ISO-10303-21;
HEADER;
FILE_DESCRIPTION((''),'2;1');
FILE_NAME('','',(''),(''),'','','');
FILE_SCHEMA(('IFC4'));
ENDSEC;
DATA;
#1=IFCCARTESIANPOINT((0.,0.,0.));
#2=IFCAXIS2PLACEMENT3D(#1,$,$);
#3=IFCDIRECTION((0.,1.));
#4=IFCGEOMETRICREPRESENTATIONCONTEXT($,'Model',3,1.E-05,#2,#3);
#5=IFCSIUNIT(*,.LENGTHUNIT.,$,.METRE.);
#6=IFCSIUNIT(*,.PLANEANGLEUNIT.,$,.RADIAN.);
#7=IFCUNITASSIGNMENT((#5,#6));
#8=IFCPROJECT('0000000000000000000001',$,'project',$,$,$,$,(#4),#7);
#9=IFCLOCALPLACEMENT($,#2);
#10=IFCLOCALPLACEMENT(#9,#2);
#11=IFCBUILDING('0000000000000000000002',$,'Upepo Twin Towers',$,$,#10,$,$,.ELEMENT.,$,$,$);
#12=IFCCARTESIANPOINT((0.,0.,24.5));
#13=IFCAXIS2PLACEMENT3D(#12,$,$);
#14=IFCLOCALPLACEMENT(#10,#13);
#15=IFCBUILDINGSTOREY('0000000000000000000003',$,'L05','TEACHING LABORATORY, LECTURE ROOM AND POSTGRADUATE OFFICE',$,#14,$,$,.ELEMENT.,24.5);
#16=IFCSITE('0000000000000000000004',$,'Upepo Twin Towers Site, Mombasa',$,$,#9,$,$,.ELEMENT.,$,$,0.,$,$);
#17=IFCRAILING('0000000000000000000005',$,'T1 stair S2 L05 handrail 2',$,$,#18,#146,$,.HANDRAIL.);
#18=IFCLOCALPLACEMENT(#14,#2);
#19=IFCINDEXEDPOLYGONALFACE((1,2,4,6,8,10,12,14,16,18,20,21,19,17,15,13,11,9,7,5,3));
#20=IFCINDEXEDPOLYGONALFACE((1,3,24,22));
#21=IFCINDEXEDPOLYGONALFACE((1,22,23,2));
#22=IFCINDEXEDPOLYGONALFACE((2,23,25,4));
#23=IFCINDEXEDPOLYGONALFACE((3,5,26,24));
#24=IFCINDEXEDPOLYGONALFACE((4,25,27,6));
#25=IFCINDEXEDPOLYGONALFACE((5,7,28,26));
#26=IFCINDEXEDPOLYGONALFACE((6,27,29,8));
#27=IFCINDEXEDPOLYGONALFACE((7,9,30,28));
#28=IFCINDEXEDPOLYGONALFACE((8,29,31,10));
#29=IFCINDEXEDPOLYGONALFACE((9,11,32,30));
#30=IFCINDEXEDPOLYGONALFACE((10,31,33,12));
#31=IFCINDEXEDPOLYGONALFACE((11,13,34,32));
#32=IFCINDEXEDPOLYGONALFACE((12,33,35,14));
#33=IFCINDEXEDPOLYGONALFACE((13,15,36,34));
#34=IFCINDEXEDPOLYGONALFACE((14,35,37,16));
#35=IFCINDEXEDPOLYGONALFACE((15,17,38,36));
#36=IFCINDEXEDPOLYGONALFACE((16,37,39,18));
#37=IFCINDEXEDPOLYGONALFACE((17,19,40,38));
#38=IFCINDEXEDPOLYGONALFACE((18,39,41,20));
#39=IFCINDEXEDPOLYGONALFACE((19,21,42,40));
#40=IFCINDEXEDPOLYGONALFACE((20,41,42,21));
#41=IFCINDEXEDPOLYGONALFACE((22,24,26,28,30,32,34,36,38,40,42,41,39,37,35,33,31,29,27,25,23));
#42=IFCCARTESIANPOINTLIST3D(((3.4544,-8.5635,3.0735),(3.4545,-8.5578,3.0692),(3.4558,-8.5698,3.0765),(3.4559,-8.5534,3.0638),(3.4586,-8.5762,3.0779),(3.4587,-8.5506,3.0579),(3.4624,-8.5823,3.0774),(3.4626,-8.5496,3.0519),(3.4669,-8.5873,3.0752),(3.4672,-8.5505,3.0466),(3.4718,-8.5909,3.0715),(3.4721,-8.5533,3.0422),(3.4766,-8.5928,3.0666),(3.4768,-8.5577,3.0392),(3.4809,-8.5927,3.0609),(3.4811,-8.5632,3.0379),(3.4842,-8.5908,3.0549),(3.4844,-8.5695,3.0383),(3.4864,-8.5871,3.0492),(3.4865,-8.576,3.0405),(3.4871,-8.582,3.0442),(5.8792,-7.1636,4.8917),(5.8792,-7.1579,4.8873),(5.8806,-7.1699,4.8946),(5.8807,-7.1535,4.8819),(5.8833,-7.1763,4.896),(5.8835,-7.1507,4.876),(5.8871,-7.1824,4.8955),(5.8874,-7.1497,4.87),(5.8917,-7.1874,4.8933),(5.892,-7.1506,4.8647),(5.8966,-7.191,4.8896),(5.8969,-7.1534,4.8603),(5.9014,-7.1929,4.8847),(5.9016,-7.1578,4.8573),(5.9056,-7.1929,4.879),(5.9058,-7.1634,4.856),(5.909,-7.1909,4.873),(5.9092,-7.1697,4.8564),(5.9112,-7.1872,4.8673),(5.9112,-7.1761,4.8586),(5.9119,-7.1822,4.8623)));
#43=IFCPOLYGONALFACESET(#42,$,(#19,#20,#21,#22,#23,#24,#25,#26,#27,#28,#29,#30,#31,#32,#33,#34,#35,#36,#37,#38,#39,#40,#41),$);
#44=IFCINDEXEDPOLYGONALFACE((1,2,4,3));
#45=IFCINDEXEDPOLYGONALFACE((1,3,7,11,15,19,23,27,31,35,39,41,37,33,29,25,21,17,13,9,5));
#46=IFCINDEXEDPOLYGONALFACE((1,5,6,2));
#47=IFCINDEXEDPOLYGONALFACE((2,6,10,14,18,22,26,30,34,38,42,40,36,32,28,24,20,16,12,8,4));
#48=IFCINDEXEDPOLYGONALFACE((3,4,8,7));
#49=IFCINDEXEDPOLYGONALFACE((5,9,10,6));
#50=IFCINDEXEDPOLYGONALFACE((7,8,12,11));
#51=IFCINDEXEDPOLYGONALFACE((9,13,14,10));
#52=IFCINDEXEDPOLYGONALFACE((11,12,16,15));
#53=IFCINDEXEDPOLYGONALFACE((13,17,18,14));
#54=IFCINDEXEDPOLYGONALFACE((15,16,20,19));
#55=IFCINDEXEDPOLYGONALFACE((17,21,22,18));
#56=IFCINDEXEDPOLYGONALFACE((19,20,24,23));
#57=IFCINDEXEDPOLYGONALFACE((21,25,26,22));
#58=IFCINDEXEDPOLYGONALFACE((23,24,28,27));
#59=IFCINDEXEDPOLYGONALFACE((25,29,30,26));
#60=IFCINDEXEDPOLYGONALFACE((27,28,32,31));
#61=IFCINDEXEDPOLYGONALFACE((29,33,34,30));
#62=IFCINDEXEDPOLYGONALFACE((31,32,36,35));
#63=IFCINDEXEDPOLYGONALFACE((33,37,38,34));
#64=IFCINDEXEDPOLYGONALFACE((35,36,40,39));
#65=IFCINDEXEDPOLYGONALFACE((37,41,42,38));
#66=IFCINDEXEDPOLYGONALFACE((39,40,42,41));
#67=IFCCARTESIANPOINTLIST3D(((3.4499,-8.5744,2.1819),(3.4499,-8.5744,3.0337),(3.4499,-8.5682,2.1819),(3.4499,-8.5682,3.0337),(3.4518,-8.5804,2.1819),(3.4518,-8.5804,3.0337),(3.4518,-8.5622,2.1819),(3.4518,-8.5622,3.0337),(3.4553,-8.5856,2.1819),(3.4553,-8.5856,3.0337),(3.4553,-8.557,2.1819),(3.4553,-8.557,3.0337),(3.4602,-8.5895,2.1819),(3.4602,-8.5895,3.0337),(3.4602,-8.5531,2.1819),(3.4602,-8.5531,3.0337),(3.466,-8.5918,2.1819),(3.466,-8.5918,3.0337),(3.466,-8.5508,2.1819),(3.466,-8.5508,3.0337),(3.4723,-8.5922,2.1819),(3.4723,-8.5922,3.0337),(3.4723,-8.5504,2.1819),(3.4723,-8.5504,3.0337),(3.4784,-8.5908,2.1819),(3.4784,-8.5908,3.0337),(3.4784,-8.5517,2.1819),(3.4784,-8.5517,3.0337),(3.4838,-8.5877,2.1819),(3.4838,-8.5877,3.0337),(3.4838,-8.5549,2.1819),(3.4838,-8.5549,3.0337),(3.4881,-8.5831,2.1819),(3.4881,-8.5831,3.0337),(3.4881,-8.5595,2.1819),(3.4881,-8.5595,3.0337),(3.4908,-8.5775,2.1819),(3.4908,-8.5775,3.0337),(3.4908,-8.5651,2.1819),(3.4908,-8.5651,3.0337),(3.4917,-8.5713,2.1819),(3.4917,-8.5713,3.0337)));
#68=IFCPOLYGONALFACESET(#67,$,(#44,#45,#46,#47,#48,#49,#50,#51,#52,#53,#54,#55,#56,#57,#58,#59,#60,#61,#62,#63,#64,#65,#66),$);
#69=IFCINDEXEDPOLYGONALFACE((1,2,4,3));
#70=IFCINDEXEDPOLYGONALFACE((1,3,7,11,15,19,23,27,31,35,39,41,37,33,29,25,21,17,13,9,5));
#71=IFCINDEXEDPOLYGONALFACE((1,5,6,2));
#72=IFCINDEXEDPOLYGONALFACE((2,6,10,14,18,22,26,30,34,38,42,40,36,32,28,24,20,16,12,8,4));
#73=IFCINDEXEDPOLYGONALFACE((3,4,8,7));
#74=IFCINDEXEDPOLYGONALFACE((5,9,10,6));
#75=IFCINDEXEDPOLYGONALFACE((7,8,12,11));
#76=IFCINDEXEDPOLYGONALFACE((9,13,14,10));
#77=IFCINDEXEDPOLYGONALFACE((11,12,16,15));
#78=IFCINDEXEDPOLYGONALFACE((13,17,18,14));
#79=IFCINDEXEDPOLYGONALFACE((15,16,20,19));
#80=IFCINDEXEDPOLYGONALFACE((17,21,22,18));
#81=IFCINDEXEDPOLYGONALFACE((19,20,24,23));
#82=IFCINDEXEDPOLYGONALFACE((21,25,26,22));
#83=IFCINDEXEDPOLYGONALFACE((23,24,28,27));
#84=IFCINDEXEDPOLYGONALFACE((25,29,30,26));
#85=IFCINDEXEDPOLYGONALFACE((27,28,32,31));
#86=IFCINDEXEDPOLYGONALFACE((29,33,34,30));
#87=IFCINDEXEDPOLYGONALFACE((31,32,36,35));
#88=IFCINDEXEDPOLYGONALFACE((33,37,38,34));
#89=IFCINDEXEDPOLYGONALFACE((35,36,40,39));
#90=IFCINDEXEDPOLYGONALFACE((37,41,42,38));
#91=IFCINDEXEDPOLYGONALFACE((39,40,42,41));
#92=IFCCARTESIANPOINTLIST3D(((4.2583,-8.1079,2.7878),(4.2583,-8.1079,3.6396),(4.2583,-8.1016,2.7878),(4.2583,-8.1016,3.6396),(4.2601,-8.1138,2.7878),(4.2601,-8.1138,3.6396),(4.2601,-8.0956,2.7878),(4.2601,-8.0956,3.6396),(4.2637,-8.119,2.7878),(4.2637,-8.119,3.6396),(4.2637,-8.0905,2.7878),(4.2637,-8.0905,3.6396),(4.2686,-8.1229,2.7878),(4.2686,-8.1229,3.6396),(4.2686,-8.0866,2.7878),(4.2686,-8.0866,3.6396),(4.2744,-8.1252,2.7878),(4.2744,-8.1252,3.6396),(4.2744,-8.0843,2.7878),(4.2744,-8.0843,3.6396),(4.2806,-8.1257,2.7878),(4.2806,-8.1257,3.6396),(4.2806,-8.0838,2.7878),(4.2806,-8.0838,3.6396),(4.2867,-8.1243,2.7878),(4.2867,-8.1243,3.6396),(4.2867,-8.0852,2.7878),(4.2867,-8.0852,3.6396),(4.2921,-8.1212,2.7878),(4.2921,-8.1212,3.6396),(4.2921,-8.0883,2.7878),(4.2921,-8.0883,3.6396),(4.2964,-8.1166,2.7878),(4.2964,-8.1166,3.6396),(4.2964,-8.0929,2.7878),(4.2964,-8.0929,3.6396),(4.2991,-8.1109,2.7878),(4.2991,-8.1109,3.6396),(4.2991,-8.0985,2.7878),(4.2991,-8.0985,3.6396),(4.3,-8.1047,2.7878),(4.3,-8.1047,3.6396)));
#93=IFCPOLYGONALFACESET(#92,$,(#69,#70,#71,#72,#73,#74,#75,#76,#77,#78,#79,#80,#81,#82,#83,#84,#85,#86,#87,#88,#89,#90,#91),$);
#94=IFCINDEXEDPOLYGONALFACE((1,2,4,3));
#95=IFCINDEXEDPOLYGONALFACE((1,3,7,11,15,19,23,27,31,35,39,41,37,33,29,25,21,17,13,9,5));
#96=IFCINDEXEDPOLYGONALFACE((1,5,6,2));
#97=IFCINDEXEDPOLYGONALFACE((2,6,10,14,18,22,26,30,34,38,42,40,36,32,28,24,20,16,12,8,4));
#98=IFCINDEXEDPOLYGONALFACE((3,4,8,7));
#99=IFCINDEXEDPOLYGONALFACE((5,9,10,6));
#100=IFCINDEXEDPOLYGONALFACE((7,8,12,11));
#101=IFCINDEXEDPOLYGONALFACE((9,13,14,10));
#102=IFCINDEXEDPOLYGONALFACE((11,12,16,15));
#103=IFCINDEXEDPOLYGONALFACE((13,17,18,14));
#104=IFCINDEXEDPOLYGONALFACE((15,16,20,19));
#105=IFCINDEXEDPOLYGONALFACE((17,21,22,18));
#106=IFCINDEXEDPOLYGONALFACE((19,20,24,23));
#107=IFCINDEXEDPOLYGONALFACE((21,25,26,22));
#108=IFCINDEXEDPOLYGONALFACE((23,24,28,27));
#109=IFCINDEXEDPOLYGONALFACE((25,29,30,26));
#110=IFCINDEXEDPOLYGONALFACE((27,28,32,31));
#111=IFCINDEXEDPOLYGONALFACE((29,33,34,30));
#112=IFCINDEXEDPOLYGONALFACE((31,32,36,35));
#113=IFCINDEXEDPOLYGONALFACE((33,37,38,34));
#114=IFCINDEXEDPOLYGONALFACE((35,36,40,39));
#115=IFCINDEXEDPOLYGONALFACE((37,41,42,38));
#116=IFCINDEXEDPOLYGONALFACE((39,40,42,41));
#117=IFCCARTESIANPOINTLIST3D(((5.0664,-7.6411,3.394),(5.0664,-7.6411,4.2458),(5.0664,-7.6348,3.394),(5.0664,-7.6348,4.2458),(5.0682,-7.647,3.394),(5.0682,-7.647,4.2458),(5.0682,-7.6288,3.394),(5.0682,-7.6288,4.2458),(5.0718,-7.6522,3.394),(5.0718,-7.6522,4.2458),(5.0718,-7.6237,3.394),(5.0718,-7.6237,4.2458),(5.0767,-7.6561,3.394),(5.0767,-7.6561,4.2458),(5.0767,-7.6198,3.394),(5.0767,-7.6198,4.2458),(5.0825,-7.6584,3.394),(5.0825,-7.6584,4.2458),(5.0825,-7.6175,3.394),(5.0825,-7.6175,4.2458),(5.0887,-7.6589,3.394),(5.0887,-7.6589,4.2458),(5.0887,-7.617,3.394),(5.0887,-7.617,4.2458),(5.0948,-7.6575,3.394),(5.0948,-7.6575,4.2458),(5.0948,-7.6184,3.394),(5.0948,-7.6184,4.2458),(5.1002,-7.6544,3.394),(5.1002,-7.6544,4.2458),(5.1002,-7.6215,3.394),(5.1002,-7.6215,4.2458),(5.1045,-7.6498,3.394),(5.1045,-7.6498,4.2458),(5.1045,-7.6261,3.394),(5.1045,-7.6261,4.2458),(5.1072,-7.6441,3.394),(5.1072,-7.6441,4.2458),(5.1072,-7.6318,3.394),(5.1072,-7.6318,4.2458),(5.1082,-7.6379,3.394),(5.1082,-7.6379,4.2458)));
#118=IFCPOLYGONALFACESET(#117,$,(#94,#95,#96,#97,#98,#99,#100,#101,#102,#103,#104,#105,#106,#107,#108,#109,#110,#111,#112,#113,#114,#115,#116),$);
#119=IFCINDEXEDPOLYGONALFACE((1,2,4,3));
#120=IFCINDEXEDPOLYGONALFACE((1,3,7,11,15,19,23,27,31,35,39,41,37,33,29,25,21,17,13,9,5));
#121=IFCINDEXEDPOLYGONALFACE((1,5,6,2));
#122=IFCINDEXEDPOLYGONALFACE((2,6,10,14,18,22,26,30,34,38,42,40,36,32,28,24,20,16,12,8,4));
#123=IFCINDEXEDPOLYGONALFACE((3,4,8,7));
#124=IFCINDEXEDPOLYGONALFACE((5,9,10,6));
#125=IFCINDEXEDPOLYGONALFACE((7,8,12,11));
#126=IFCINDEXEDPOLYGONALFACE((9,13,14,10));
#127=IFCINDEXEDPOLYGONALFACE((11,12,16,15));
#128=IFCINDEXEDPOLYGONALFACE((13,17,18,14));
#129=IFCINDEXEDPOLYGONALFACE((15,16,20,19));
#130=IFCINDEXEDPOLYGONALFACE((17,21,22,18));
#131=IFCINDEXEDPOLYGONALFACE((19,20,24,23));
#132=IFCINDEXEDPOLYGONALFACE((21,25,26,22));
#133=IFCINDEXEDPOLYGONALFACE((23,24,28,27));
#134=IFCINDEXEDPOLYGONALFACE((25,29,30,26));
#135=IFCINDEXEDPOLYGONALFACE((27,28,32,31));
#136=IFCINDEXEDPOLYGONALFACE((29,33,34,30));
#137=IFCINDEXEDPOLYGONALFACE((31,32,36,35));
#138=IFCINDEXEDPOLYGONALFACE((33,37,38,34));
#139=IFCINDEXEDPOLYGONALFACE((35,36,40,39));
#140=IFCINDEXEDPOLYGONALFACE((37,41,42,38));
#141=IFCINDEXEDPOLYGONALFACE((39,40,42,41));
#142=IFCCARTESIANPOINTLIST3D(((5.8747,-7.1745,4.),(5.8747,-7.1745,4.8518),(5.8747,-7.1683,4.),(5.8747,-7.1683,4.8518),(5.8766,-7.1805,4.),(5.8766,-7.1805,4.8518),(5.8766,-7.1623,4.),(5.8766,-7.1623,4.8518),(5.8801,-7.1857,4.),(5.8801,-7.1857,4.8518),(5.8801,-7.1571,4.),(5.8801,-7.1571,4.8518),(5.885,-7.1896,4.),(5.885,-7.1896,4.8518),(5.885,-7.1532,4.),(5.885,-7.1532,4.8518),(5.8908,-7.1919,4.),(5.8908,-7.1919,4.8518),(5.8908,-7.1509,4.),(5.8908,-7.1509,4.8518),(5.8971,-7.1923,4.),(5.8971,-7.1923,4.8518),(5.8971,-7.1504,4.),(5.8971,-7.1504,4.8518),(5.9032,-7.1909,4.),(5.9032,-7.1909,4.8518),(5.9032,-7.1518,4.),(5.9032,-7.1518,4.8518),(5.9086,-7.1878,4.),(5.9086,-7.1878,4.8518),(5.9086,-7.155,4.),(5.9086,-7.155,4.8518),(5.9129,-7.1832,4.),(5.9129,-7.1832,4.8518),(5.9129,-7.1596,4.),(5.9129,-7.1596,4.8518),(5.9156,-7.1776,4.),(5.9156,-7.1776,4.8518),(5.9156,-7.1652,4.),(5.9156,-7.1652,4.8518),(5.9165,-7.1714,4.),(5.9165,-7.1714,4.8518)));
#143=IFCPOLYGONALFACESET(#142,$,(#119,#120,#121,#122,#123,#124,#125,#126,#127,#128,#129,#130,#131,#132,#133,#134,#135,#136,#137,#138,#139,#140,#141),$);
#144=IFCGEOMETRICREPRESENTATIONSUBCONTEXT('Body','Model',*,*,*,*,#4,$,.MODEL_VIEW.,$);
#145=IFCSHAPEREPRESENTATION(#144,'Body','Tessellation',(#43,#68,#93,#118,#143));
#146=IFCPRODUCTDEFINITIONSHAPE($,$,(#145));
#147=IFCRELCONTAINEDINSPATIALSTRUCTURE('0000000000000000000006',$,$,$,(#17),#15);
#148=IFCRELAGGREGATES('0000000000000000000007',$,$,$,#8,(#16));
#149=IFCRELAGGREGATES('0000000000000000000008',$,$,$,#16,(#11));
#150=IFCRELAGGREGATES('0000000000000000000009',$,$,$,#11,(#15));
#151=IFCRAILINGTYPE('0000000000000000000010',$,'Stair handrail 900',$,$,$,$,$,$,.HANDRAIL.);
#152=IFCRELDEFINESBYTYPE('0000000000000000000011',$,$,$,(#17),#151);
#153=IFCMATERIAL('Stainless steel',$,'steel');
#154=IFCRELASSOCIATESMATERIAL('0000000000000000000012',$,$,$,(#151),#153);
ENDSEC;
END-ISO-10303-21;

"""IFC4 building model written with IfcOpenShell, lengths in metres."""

from ifc_helpers import new_model, si_unit, direction, frame, origin, origin_2d, place, context, subcontext, project, spatial, circle, extrude, material, type_object, element, save


model = new_model("IFC4")

# Units and contexts
model_context = context("Model", 3, precision=1e-05, world=origin(), true_north=direction((0.0, 1.0)))
body_context = subcontext(model_context, "Body", "Model", "MODEL_VIEW")
ifc_project = project(units=[si_unit("LENGTHUNIT", "METRE"), si_unit("PLANEANGLEUNIT", "RADIAN")], contexts=[model_context])

# Site, building, storey
site_placement = place(None, origin())
site = spatial("IfcSite", under=ifc_project, at=site_placement, Name="Upepo Twin Towers Site, Mombasa", CompositionType="ELEMENT", RefElevation=0.0)
building_placement = place(site_placement, origin())
building = spatial("IfcBuilding", under=site, at=building_placement, Name="Upepo Twin Towers", CompositionType="ELEMENT")
storey_placement = place(building_placement, frame((0.0, 0.0, 24.5)))
storey = spatial("IfcBuildingStorey", under=building, at=storey_placement, Name="L05", Description="TEACHING LABORATORY, LECTURE ROOM AND POSTGRADUATE OFFICE", CompositionType="ELEMENT", Elevation=24.5)

# Railing
ifc_material_1 = material(Name="Stainless steel", Category="steel")
railing_type = type_object("IfcRailingType", Name="Stair handrail 900", PredefinedType="HANDRAIL", material=ifc_material_1)
railing_1_placement = place(storey_placement, frame((3.4707, -8.5713, 2.1819)))
element("IfcRailing", 1, at=railing_1_placement, inside=storey, type_object=railing_type, Name="T1 stair S2 L05 handrail 2", PredefinedType="HANDRAIL", context=body_context, shape_type="SweptSolid", body=[
    extrude(circle(Radius=0.0239, at=origin_2d()), frame((0.0, 0.0, 0.876), z_axis=(0.726336, 0.419333, 0.544606), x_axis=(-0.499984, 0.866035, 0.0)), (0.0, 0.0, 1.0), 3.3384),
    extrude(circle(Radius=0.021, at=origin_2d()), origin(), (0.0, 0.0, 1.0), 0.8518),
    extrude(circle(Radius=0.021, at=origin_2d()), frame((0.8083, 0.4666, 0.606)), (0.0, 0.0, 1.0), 0.8518),
    extrude(circle(Radius=0.021, at=origin_2d()), frame((1.6165, 0.9333, 1.2122)), (0.0, 0.0, 1.0), 0.8518),
    extrude(circle(Radius=0.021, at=origin_2d()), frame((2.4248, 1.3999, 1.8181)), (0.0, 0.0, 1.0), 0.8518),
])

save(model, "model.ifc")
